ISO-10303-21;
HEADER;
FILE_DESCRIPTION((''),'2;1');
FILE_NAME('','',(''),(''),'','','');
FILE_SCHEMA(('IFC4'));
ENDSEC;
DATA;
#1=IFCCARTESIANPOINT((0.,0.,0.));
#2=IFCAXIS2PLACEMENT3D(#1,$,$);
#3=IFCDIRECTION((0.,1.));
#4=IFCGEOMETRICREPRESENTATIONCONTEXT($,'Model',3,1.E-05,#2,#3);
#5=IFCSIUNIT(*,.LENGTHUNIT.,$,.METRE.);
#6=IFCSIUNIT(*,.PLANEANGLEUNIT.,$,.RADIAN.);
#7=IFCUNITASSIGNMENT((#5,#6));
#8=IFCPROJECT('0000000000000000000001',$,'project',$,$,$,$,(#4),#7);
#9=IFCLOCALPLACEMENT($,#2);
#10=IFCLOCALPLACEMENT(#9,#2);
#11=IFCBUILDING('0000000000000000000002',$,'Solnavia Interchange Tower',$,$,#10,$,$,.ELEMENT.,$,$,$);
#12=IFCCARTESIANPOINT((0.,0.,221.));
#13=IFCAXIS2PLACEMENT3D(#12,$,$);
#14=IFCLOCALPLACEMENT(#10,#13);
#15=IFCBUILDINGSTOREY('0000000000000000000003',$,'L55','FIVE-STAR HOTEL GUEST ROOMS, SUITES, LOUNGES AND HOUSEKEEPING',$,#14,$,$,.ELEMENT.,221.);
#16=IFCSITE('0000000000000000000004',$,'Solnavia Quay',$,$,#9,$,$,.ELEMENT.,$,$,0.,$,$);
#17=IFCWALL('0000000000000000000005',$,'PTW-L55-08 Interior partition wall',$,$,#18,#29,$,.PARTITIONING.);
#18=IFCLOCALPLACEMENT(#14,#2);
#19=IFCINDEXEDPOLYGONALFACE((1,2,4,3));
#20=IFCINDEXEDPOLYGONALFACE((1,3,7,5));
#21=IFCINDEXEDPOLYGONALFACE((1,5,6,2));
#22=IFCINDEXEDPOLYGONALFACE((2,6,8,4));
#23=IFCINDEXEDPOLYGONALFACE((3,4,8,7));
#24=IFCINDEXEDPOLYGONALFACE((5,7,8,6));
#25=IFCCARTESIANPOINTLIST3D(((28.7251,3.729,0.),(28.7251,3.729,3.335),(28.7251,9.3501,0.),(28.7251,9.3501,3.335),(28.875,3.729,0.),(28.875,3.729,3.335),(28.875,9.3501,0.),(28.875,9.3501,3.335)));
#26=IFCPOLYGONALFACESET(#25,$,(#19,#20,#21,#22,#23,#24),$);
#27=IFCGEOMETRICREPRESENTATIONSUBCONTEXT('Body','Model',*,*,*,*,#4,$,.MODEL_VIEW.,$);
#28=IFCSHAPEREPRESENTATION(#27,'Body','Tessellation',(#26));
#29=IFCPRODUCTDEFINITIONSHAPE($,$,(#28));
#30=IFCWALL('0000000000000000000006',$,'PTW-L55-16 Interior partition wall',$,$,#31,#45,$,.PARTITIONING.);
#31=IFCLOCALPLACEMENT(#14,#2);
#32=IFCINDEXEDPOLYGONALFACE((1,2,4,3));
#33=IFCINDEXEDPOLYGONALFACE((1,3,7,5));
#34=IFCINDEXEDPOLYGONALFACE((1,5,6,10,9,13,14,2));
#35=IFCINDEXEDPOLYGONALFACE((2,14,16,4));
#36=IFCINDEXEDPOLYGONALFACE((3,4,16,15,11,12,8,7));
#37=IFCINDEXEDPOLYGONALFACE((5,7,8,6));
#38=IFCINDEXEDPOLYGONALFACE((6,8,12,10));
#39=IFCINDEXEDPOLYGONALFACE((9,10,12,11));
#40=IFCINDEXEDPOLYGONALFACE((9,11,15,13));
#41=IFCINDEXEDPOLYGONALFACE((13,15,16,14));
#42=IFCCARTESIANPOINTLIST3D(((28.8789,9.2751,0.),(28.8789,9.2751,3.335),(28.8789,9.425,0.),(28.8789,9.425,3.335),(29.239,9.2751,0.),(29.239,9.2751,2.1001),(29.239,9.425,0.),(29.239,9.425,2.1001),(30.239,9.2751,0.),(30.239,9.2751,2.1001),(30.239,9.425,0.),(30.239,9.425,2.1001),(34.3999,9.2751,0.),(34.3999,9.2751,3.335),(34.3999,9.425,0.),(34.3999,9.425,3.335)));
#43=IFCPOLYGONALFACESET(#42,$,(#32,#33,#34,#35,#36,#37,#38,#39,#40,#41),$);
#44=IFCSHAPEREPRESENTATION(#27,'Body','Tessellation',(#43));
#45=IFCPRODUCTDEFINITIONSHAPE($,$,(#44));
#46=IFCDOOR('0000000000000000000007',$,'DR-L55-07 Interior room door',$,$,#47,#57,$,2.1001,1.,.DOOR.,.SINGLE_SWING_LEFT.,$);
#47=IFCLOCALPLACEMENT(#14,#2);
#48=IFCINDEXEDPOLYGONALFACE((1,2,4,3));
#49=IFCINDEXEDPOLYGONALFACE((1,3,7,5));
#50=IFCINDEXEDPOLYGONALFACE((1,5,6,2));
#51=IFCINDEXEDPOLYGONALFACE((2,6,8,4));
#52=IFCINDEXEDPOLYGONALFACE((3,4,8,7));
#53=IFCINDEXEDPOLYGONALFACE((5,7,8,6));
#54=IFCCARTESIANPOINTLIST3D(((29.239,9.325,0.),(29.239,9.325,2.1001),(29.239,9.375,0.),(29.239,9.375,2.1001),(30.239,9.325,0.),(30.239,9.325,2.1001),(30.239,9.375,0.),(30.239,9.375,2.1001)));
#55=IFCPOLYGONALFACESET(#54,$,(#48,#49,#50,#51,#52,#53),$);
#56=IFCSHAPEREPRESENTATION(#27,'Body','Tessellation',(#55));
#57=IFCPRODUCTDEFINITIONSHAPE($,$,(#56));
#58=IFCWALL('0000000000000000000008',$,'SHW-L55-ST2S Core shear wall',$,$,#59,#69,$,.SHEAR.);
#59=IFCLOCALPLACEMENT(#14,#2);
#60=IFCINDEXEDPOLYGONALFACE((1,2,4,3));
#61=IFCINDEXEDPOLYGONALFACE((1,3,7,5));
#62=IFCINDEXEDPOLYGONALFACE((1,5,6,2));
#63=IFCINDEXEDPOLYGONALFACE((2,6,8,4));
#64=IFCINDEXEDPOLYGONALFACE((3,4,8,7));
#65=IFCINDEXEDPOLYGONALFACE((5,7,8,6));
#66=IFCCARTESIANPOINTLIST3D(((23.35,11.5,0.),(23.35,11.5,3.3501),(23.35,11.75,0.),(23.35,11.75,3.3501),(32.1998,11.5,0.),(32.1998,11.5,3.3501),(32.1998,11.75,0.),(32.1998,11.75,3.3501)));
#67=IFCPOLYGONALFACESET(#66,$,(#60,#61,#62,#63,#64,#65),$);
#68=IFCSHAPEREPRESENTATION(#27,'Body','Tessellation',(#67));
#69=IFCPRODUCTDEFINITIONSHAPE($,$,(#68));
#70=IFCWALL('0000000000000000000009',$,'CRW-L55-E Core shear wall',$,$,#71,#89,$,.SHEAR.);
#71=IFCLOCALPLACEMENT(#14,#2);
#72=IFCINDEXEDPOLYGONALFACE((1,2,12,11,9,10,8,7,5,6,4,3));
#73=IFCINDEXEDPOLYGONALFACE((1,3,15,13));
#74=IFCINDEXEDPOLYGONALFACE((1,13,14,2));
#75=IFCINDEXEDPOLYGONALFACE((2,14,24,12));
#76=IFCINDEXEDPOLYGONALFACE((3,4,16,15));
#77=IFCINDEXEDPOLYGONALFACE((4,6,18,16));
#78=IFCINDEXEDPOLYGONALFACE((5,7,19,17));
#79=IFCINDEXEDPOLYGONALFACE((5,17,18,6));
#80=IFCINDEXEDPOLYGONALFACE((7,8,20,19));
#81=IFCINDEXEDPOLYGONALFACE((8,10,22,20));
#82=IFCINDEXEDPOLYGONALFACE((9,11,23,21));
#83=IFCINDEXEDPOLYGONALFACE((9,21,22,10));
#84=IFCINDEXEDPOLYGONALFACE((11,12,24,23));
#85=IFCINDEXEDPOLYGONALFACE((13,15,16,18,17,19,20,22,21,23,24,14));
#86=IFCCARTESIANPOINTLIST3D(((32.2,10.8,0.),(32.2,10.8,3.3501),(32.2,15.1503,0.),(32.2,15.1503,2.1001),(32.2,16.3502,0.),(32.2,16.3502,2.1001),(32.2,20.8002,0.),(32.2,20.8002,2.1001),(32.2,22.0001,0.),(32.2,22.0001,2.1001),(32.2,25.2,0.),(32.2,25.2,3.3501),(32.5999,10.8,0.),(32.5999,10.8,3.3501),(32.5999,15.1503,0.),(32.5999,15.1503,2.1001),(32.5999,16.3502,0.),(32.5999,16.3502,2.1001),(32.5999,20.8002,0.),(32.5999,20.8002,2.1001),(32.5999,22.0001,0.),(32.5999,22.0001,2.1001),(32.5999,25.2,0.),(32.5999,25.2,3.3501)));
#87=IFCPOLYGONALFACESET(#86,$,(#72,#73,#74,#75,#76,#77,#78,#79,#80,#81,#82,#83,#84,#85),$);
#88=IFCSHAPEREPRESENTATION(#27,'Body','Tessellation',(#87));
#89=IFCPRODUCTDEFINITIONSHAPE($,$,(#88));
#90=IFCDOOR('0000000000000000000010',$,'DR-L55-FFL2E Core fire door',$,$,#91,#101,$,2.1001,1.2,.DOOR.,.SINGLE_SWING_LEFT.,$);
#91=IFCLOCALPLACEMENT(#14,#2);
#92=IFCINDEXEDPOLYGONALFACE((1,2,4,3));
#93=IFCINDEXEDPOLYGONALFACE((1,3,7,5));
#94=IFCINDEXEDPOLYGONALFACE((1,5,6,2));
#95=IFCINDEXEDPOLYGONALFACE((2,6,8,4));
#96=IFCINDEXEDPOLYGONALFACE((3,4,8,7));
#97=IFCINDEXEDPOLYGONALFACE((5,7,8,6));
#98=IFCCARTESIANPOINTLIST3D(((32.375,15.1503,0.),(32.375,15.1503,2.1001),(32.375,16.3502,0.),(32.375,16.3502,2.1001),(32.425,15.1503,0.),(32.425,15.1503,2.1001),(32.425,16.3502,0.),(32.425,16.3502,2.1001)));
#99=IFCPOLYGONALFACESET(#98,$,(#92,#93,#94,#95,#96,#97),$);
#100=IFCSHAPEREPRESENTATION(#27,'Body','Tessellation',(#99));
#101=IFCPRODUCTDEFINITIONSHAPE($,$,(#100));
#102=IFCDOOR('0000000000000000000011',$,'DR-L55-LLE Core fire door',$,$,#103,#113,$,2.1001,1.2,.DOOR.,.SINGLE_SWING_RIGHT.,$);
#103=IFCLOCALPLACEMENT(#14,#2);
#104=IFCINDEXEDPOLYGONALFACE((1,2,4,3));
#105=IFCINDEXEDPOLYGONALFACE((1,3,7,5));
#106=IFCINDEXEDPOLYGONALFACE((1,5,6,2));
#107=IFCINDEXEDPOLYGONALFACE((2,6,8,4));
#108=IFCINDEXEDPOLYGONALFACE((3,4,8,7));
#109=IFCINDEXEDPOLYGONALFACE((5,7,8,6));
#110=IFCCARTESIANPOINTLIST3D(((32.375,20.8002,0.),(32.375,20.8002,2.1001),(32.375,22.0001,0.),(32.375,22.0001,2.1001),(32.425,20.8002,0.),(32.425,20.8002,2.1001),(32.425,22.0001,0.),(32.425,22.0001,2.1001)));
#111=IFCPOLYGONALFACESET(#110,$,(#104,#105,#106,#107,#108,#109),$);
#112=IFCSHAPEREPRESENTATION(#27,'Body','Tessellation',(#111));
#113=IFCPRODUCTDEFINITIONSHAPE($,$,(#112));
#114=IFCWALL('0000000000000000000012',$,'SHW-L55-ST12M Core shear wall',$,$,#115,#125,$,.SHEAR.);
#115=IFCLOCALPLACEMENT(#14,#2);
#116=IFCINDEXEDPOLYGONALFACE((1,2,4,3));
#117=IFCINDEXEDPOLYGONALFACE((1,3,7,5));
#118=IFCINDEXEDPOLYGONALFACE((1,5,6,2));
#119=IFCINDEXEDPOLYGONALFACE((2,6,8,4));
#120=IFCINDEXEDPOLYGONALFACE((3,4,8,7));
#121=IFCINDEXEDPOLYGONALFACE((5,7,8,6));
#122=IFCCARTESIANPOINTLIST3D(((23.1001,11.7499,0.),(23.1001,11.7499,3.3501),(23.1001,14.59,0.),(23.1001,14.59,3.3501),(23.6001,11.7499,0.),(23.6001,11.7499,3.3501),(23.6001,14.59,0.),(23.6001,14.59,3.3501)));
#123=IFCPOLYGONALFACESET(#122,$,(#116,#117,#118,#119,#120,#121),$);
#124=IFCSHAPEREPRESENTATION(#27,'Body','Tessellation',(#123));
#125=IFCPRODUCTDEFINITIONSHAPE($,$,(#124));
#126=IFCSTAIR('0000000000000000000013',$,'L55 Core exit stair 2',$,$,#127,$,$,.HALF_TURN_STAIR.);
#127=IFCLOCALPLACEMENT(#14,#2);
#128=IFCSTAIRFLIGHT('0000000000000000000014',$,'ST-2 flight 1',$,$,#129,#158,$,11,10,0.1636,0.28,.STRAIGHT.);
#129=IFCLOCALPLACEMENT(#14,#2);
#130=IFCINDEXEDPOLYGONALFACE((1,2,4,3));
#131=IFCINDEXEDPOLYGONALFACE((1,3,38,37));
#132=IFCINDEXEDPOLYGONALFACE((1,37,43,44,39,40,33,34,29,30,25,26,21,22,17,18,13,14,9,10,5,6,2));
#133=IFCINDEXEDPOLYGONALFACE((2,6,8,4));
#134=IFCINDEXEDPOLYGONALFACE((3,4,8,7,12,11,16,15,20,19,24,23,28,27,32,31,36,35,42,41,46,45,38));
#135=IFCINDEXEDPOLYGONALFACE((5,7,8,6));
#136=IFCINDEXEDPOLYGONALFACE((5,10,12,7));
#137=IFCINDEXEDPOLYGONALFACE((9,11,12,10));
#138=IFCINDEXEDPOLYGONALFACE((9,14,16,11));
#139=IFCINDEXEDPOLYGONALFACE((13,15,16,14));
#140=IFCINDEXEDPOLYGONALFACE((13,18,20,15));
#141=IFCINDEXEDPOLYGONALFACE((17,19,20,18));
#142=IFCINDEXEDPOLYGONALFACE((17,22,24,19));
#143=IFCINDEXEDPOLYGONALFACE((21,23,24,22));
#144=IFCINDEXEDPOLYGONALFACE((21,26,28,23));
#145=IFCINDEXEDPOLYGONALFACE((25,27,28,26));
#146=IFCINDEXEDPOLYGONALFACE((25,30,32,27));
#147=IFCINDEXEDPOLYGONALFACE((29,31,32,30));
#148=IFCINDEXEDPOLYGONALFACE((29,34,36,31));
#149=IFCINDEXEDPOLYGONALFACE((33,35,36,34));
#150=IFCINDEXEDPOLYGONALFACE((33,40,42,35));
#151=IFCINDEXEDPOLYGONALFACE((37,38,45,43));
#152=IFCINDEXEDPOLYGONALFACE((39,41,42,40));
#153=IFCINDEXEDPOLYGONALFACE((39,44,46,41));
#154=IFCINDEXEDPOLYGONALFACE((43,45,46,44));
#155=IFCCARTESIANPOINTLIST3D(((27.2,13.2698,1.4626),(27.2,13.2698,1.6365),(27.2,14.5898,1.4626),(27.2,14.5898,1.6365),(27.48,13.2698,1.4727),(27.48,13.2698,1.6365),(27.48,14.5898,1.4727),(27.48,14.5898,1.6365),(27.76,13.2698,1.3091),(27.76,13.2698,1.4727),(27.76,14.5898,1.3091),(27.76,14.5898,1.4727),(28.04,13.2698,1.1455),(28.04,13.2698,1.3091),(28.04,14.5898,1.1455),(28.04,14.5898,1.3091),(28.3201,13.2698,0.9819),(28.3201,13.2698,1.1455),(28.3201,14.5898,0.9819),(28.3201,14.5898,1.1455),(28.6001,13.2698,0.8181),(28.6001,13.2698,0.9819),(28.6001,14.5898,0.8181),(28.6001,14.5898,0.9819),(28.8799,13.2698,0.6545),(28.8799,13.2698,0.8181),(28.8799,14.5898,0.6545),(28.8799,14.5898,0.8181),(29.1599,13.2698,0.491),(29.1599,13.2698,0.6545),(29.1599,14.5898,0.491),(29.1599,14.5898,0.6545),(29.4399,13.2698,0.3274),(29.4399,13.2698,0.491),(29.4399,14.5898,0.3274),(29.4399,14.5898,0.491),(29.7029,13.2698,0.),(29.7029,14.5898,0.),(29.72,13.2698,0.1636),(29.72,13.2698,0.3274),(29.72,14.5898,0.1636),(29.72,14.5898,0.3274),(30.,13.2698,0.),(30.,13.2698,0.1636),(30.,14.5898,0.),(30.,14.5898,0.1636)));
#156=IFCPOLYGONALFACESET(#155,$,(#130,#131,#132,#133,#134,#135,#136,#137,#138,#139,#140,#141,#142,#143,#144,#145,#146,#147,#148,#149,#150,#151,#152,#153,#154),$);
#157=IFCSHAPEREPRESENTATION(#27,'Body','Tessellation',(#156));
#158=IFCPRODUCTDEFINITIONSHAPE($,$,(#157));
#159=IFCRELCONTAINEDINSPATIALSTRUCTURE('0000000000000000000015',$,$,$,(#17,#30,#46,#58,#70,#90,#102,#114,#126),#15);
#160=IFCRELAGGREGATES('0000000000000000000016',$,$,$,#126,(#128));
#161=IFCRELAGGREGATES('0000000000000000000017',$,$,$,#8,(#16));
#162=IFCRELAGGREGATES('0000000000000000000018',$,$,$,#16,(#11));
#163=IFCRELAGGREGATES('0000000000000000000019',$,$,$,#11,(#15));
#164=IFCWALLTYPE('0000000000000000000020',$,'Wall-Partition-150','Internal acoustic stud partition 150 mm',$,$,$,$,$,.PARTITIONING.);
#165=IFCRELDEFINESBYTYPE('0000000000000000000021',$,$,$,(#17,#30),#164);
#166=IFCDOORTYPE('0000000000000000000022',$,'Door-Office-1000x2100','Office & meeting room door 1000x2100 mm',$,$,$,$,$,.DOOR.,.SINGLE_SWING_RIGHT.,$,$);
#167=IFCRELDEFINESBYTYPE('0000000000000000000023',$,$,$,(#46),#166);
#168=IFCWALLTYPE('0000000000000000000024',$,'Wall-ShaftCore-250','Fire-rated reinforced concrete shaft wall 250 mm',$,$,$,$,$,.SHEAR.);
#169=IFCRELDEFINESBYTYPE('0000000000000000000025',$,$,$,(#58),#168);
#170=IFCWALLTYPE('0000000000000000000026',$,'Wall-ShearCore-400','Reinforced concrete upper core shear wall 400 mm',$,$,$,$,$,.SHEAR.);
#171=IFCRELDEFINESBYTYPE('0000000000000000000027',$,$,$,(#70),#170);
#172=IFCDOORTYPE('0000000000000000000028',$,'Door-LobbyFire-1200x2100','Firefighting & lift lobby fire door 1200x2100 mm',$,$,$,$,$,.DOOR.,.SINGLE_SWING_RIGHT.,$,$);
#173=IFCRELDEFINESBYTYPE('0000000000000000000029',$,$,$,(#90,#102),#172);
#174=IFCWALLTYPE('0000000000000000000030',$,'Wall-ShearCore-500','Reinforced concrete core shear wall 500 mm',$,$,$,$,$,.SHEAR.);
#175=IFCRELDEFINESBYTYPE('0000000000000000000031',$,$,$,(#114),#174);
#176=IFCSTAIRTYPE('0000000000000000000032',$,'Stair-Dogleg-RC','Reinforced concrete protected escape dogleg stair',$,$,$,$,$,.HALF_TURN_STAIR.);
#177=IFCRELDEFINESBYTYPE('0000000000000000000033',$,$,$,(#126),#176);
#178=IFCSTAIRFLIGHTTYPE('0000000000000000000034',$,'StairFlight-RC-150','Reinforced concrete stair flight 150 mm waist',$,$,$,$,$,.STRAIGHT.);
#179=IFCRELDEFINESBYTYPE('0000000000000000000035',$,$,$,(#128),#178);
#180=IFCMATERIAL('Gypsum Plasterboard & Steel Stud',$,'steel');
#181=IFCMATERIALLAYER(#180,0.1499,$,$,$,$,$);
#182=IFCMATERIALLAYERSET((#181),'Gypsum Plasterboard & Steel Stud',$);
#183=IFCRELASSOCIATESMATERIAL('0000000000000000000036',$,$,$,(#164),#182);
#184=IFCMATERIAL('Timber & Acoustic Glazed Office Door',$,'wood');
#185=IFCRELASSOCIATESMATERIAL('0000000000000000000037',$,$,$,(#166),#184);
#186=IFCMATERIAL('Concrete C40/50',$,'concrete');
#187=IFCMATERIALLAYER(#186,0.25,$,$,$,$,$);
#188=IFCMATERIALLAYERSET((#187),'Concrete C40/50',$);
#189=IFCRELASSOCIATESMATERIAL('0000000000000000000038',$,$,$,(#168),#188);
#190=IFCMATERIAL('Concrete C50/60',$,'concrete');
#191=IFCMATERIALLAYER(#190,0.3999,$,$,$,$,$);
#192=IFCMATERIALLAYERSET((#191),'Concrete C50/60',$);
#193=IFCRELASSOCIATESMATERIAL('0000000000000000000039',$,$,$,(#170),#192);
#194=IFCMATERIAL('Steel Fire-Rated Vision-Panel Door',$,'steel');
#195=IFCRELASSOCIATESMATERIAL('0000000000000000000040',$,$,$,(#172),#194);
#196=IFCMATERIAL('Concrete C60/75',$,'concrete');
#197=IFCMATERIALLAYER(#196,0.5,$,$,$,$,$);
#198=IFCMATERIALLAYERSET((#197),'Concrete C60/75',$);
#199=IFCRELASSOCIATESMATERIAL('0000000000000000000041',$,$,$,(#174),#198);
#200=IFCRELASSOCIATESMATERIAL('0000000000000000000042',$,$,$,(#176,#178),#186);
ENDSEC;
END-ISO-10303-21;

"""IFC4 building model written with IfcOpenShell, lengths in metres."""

from ifc_helpers import new_model, si_unit, direction, frame, frame_2d, origin, place, context, subcontext, project, spatial, polyline, rectangle, outline, extrude, material, layer, layer_set, type_object, element, fill, aggregate, save


model = new_model("IFC4")

# Units and contexts
model_context = context("Model", 3, precision=1e-05, world=origin(), true_north=direction((0.0, 1.0)))
body_context = subcontext(model_context, "Body", "Model", "MODEL_VIEW")
ifc_project = project(units=[si_unit("LENGTHUNIT", "METRE"), si_unit("PLANEANGLEUNIT", "RADIAN")], contexts=[model_context])

# Site, building, storey
site_placement = place(None, origin())
site = spatial("IfcSite", under=ifc_project, at=site_placement, Name="Solnavia Quay", CompositionType="ELEMENT", RefElevation=0.0)
building_placement = place(site_placement, origin())
building = spatial("IfcBuilding", under=site, at=building_placement, Name="Solnavia Interchange Tower", CompositionType="ELEMENT")
storey_placement = place(building_placement, frame((0.0, 0.0, 221.0)))
storey = spatial("IfcBuildingStorey", under=building, at=storey_placement, Name="L55", Description="FIVE-STAR HOTEL GUEST ROOMS, SUITES, LOUNGES AND HOUSEKEEPING", CompositionType="ELEMENT", Elevation=221.0)

# Shared definitions
ifc_material_1 = material(Name="Concrete C50/60", Category="concrete")

# Shared definitions
ifc_material_2 = material(Name="Concrete C40/50", Category="concrete")

# Wall
ifc_material_3 = material(Name="Gypsum Plasterboard & Steel Stud", Category="steel")
ifc_layer_1 = layer(ifc_material_3, 0.1499)
ifc_layer_set_1 = layer_set([ifc_layer_1], Name="Gypsum Plasterboard & Steel Stud")
wall_type_1 = type_object("IfcWallType", Name="Wall-Partition-150", Description="Internal acoustic stud partition 150 mm", PredefinedType="PARTITIONING", material=ifc_layer_set_1)
wall_1_placement = place(storey_placement, frame((28.8, 9.3501, 0.0), z_axis=(0.0, 0.0, 1.0), x_axis=(0.0, -1.0, 0.0)))
element("IfcWall", 1, at=wall_1_placement, inside=storey, type_object=wall_type_1, Name="PTW-L55-08 Interior partition wall", PredefinedType="PARTITIONING", context=body_context, shape_type="SweptSolid", body=[
    extrude(rectangle(XDim=5.6211, YDim=0.1499, at=frame_2d((2.8105, 0.0))), origin(), (0.0, 0.0, 1.0), 3.335),
])

# Wall, opening, door
wall_2_placement = place(storey_placement, frame((28.8789, 9.3501, 0.0), z_axis=(0.0, 0.0, 1.0), x_axis=(1.0, 0.0, 0.0)))
wall_2 = element("IfcWall", 2, at=wall_2_placement, inside=storey, type_object=wall_type_1, Name="PTW-L55-16 Interior partition wall", PredefinedType="PARTITIONING", context=body_context, shape_type="SweptSolid", body=[
    extrude(rectangle(XDim=5.521, YDim=0.1499, at=frame_2d((2.7605, 0.0))), origin(), (0.0, 0.0, 1.0), 3.335),
])
opening_1_placement = place(wall_2_placement, frame((0.3601, 0.0, 0.0)))
opening_1 = element("IfcOpeningElement", 3, at=opening_1_placement, cuts=wall_2, PredefinedType="OPENING", context=body_context, shape_type="SweptSolid", body=[
    extrude(rectangle(XDim=1.0, YDim=2.1001, at=frame_2d((0.5, 1.05))), frame((0.0, 0.085, 0.0), z_axis=(0.0, -1.0, 0.0), x_axis=(1.0, 0.0, 0.0)), (0.0, 0.0, 1.0), 0.1699),
])
ifc_material_4 = material(Name="Timber & Acoustic Glazed Office Door", Category="wood")
door_type_1 = type_object("IfcDoorType", Name="Door-Office-1000x2100", Description="Office & meeting room door 1000x2100 mm", OperationType="SINGLE_SWING_RIGHT", PredefinedType="DOOR", material=ifc_material_4)
door_1_placement = place(opening_1_placement, origin())
door_1 = element("IfcDoor", 4, at=door_1_placement, inside=storey, type_object=door_type_1, Name="DR-L55-07 Interior room door", OperationType="SINGLE_SWING_LEFT", OverallHeight=2.1001, OverallWidth=1.0, PredefinedType="DOOR", context=body_context, shape_type="SweptSolid", body=[
    extrude(rectangle(XDim=1.0, YDim=2.1001, at=frame_2d((0.5, 1.05))), frame((0.0, 0.0249, 0.0), z_axis=(0.0, -1.0, 0.0), x_axis=(1.0, 0.0, 0.0)), (0.0, 0.0, 1.0), 0.05),
])
fill(opening_1, door_1)

# Wall
ifc_layer_2 = layer(ifc_material_2, 0.25)
ifc_layer_set_2 = layer_set([ifc_layer_2], Name="Concrete C40/50")
wall_type_2 = type_object("IfcWallType", Name="Wall-ShaftCore-250", Description="Fire-rated reinforced concrete shaft wall 250 mm", PredefinedType="SHEAR", material=ifc_layer_set_2)
wall_3_placement = place(storey_placement, frame((23.3501, 11.625, 0.0), z_axis=(0.0, 0.0, 1.0), x_axis=(1.0, 0.0, 0.0)))
element("IfcWall", 5, at=wall_3_placement, inside=storey, type_object=wall_type_2, Name="SHW-L55-ST2S Core shear wall", PredefinedType="SHEAR", context=body_context, shape_type="SweptSolid", body=[
    extrude(rectangle(XDim=8.8499, YDim=0.25, at=frame_2d((4.4248, 0.0))), origin(), (0.0, 0.0, 1.0), 3.3501),
])

# Wall, openings, doors
ifc_layer_3 = layer(ifc_material_1, 0.3999)
ifc_layer_set_3 = layer_set([ifc_layer_3], Name="Concrete C50/60")
wall_type_3 = type_object("IfcWallType", Name="Wall-ShearCore-400", Description="Reinforced concrete upper core shear wall 400 mm", PredefinedType="SHEAR", material=ifc_layer_set_3)
wall_4_placement = place(storey_placement, frame((32.3999, 10.8, 0.0), z_axis=(0.0, 0.0, 1.0), x_axis=(0.0, 1.0, 0.0)))
wall_4 = element("IfcWall", 6, at=wall_4_placement, inside=storey, type_object=wall_type_3, Name="CRW-L55-E Core shear wall", PredefinedType="SHEAR", context=body_context, shape_type="SweptSolid", body=[
    extrude(rectangle(XDim=14.3999, YDim=0.3999, at=frame_2d((7.2, 0.0))), origin(), (0.0, 0.0, 1.0), 3.3501),
])
opening_2_placement = place(wall_4_placement, frame((4.3501, 0.0, 0.0)))
opening_2 = element("IfcOpeningElement", 7, at=opening_2_placement, cuts=wall_4, PredefinedType="OPENING", context=body_context, shape_type="SweptSolid", body=[
    extrude(rectangle(XDim=1.2, YDim=2.1001, at=frame_2d((0.6001, 1.05))), frame((0.0, 0.21, 0.0), z_axis=(0.0, -1.0, 0.0), x_axis=(1.0, 0.0, 0.0)), (0.0, 0.0, 1.0), 0.4199),
])
opening_3_placement = place(wall_4_placement, frame((10.0, 0.0, 0.0)))
opening_3 = element("IfcOpeningElement", 8, at=opening_3_placement, cuts=wall_4, PredefinedType="OPENING", context=body_context, shape_type="SweptSolid", body=[
    extrude(rectangle(XDim=1.2, YDim=2.1001, at=frame_2d((0.6001, 1.05))), frame((0.0, 0.21, 0.0), z_axis=(0.0, -1.0, 0.0), x_axis=(1.0, 0.0, 0.0)), (0.0, 0.0, 1.0), 0.4199),
])
ifc_material_5 = material(Name="Steel Fire-Rated Vision-Panel Door", Category="steel")
door_type_2 = type_object("IfcDoorType", Name="Door-LobbyFire-1200x2100", Description="Firefighting & lift lobby fire door 1200x2100 mm", OperationType="SINGLE_SWING_RIGHT", PredefinedType="DOOR", material=ifc_material_5)
door_2_placement = place(opening_2_placement, origin())
door_2 = element("IfcDoor", 9, at=door_2_placement, inside=storey, type_object=door_type_2, Name="DR-L55-FFL2E Core fire door", OperationType="SINGLE_SWING_LEFT", OverallHeight=2.1001, OverallWidth=1.2, PredefinedType="DOOR", context=body_context, shape_type="SweptSolid", body=[
    extrude(rectangle(XDim=1.2, YDim=2.1001, at=frame_2d((0.6001, 1.05))), frame((0.0, 0.0249, 0.0), z_axis=(0.0, -1.0, 0.0), x_axis=(1.0, 0.0, 0.0)), (0.0, 0.0, 1.0), 0.05),
])
fill(opening_2, door_2)
door_3_placement = place(opening_3_placement, origin())
door_3 = element("IfcDoor", 10, at=door_3_placement, inside=storey, type_object=door_type_2, Name="DR-L55-LLE Core fire door", OperationType="SINGLE_SWING_RIGHT", OverallHeight=2.1001, OverallWidth=1.2, PredefinedType="DOOR", context=body_context, shape_type="SweptSolid", body=[
    extrude(rectangle(XDim=1.2, YDim=2.1001, at=frame_2d((0.6001, 1.05))), frame((0.0, 0.0249, 0.0), z_axis=(0.0, -1.0, 0.0), x_axis=(1.0, 0.0, 0.0)), (0.0, 0.0, 1.0), 0.05),
])
fill(opening_3, door_3)

# Wall
ifc_material_6 = material(Name="Concrete C60/75", Category="concrete")
ifc_layer_4 = layer(ifc_material_6, 0.5)
ifc_layer_set_4 = layer_set([ifc_layer_4], Name="Concrete C60/75")
wall_type_4 = type_object("IfcWallType", Name="Wall-ShearCore-500", Description="Reinforced concrete core shear wall 500 mm", PredefinedType="SHEAR", material=ifc_layer_set_4)
wall_5_placement = place(storey_placement, frame((23.3501, 11.75, 0.0), z_axis=(0.0, 0.0, 1.0), x_axis=(0.0, 1.0, 0.0)))
element("IfcWall", 11, at=wall_5_placement, inside=storey, type_object=wall_type_4, Name="SHW-L55-ST12M Core shear wall", PredefinedType="SHEAR", context=body_context, shape_type="SweptSolid", body=[
    extrude(rectangle(XDim=2.8401, YDim=0.5, at=frame_2d((1.4199, 0.0))), origin(), (0.0, 0.0, 1.0), 3.3501),
])

# Stair, stair flight
stair_type = type_object("IfcStairType", Name="Stair-Dogleg-RC", Description="Reinforced concrete protected escape dogleg stair", PredefinedType="HALF_TURN_STAIR", material=ifc_material_2)
stair_placement = place(storey_placement, origin())
stair = element("IfcStair", 12, at=stair_placement, inside=storey, type_object=stair_type, Name="L55 Core exit stair 2", PredefinedType="HALF_TURN_STAIR")
stair_flight_type = type_object("IfcStairFlightType", Name="StairFlight-RC-150", Description="Reinforced concrete stair flight 150 mm waist", PredefinedType="STRAIGHT", material=ifc_material_2)
stair_flight_1_placement = place(storey_placement, frame((30.0, 13.9299, 0.0), z_axis=(0.0, 0.0, 1.0), x_axis=(-1.0, 0.0, 0.0)))
stair_flight_1 = element("IfcStairFlight", 13, at=stair_flight_1_placement, type_object=stair_flight_type, Name="ST-2 flight 1", NumberOfRisers=11, NumberOfTreads=10, PredefinedType="STRAIGHT", RiserHeight=0.1636, TreadLength=0.28, context=body_context, shape_type="SweptSolid", body=[
    extrude(outline(polyline([(0.0, 0.0), (0.0, 0.1636), (0.28, 0.1636), (0.28, 0.3274), (0.5601, 0.3274), (0.5601, 0.491), (0.8401, 0.491), (0.8401, 0.6545), (1.1201, 0.6545), (1.1201, 0.8181), (1.3999, 0.8181), (1.3999, 0.9819), (1.6799, 0.9819), (1.6799, 1.1455), (1.96, 1.1455), (1.96, 1.3091), (2.24, 1.3091), (2.24, 1.4727), (2.52, 1.4727), (2.52, 1.6365), (2.8, 1.6365), (2.8, 1.8), (2.8, 1.4626), (0.2971, 0.0), (0.0, 0.0)])), frame((0.0, 0.6602, 0.0), z_axis=(0.0, -1.0, 0.0), x_axis=(1.0, 0.0, 0.0)), (0.0, 0.0, 1.0), 1.3201),
])
aggregate(stair, [stair_flight_1])

save(model, "model.ifc")
